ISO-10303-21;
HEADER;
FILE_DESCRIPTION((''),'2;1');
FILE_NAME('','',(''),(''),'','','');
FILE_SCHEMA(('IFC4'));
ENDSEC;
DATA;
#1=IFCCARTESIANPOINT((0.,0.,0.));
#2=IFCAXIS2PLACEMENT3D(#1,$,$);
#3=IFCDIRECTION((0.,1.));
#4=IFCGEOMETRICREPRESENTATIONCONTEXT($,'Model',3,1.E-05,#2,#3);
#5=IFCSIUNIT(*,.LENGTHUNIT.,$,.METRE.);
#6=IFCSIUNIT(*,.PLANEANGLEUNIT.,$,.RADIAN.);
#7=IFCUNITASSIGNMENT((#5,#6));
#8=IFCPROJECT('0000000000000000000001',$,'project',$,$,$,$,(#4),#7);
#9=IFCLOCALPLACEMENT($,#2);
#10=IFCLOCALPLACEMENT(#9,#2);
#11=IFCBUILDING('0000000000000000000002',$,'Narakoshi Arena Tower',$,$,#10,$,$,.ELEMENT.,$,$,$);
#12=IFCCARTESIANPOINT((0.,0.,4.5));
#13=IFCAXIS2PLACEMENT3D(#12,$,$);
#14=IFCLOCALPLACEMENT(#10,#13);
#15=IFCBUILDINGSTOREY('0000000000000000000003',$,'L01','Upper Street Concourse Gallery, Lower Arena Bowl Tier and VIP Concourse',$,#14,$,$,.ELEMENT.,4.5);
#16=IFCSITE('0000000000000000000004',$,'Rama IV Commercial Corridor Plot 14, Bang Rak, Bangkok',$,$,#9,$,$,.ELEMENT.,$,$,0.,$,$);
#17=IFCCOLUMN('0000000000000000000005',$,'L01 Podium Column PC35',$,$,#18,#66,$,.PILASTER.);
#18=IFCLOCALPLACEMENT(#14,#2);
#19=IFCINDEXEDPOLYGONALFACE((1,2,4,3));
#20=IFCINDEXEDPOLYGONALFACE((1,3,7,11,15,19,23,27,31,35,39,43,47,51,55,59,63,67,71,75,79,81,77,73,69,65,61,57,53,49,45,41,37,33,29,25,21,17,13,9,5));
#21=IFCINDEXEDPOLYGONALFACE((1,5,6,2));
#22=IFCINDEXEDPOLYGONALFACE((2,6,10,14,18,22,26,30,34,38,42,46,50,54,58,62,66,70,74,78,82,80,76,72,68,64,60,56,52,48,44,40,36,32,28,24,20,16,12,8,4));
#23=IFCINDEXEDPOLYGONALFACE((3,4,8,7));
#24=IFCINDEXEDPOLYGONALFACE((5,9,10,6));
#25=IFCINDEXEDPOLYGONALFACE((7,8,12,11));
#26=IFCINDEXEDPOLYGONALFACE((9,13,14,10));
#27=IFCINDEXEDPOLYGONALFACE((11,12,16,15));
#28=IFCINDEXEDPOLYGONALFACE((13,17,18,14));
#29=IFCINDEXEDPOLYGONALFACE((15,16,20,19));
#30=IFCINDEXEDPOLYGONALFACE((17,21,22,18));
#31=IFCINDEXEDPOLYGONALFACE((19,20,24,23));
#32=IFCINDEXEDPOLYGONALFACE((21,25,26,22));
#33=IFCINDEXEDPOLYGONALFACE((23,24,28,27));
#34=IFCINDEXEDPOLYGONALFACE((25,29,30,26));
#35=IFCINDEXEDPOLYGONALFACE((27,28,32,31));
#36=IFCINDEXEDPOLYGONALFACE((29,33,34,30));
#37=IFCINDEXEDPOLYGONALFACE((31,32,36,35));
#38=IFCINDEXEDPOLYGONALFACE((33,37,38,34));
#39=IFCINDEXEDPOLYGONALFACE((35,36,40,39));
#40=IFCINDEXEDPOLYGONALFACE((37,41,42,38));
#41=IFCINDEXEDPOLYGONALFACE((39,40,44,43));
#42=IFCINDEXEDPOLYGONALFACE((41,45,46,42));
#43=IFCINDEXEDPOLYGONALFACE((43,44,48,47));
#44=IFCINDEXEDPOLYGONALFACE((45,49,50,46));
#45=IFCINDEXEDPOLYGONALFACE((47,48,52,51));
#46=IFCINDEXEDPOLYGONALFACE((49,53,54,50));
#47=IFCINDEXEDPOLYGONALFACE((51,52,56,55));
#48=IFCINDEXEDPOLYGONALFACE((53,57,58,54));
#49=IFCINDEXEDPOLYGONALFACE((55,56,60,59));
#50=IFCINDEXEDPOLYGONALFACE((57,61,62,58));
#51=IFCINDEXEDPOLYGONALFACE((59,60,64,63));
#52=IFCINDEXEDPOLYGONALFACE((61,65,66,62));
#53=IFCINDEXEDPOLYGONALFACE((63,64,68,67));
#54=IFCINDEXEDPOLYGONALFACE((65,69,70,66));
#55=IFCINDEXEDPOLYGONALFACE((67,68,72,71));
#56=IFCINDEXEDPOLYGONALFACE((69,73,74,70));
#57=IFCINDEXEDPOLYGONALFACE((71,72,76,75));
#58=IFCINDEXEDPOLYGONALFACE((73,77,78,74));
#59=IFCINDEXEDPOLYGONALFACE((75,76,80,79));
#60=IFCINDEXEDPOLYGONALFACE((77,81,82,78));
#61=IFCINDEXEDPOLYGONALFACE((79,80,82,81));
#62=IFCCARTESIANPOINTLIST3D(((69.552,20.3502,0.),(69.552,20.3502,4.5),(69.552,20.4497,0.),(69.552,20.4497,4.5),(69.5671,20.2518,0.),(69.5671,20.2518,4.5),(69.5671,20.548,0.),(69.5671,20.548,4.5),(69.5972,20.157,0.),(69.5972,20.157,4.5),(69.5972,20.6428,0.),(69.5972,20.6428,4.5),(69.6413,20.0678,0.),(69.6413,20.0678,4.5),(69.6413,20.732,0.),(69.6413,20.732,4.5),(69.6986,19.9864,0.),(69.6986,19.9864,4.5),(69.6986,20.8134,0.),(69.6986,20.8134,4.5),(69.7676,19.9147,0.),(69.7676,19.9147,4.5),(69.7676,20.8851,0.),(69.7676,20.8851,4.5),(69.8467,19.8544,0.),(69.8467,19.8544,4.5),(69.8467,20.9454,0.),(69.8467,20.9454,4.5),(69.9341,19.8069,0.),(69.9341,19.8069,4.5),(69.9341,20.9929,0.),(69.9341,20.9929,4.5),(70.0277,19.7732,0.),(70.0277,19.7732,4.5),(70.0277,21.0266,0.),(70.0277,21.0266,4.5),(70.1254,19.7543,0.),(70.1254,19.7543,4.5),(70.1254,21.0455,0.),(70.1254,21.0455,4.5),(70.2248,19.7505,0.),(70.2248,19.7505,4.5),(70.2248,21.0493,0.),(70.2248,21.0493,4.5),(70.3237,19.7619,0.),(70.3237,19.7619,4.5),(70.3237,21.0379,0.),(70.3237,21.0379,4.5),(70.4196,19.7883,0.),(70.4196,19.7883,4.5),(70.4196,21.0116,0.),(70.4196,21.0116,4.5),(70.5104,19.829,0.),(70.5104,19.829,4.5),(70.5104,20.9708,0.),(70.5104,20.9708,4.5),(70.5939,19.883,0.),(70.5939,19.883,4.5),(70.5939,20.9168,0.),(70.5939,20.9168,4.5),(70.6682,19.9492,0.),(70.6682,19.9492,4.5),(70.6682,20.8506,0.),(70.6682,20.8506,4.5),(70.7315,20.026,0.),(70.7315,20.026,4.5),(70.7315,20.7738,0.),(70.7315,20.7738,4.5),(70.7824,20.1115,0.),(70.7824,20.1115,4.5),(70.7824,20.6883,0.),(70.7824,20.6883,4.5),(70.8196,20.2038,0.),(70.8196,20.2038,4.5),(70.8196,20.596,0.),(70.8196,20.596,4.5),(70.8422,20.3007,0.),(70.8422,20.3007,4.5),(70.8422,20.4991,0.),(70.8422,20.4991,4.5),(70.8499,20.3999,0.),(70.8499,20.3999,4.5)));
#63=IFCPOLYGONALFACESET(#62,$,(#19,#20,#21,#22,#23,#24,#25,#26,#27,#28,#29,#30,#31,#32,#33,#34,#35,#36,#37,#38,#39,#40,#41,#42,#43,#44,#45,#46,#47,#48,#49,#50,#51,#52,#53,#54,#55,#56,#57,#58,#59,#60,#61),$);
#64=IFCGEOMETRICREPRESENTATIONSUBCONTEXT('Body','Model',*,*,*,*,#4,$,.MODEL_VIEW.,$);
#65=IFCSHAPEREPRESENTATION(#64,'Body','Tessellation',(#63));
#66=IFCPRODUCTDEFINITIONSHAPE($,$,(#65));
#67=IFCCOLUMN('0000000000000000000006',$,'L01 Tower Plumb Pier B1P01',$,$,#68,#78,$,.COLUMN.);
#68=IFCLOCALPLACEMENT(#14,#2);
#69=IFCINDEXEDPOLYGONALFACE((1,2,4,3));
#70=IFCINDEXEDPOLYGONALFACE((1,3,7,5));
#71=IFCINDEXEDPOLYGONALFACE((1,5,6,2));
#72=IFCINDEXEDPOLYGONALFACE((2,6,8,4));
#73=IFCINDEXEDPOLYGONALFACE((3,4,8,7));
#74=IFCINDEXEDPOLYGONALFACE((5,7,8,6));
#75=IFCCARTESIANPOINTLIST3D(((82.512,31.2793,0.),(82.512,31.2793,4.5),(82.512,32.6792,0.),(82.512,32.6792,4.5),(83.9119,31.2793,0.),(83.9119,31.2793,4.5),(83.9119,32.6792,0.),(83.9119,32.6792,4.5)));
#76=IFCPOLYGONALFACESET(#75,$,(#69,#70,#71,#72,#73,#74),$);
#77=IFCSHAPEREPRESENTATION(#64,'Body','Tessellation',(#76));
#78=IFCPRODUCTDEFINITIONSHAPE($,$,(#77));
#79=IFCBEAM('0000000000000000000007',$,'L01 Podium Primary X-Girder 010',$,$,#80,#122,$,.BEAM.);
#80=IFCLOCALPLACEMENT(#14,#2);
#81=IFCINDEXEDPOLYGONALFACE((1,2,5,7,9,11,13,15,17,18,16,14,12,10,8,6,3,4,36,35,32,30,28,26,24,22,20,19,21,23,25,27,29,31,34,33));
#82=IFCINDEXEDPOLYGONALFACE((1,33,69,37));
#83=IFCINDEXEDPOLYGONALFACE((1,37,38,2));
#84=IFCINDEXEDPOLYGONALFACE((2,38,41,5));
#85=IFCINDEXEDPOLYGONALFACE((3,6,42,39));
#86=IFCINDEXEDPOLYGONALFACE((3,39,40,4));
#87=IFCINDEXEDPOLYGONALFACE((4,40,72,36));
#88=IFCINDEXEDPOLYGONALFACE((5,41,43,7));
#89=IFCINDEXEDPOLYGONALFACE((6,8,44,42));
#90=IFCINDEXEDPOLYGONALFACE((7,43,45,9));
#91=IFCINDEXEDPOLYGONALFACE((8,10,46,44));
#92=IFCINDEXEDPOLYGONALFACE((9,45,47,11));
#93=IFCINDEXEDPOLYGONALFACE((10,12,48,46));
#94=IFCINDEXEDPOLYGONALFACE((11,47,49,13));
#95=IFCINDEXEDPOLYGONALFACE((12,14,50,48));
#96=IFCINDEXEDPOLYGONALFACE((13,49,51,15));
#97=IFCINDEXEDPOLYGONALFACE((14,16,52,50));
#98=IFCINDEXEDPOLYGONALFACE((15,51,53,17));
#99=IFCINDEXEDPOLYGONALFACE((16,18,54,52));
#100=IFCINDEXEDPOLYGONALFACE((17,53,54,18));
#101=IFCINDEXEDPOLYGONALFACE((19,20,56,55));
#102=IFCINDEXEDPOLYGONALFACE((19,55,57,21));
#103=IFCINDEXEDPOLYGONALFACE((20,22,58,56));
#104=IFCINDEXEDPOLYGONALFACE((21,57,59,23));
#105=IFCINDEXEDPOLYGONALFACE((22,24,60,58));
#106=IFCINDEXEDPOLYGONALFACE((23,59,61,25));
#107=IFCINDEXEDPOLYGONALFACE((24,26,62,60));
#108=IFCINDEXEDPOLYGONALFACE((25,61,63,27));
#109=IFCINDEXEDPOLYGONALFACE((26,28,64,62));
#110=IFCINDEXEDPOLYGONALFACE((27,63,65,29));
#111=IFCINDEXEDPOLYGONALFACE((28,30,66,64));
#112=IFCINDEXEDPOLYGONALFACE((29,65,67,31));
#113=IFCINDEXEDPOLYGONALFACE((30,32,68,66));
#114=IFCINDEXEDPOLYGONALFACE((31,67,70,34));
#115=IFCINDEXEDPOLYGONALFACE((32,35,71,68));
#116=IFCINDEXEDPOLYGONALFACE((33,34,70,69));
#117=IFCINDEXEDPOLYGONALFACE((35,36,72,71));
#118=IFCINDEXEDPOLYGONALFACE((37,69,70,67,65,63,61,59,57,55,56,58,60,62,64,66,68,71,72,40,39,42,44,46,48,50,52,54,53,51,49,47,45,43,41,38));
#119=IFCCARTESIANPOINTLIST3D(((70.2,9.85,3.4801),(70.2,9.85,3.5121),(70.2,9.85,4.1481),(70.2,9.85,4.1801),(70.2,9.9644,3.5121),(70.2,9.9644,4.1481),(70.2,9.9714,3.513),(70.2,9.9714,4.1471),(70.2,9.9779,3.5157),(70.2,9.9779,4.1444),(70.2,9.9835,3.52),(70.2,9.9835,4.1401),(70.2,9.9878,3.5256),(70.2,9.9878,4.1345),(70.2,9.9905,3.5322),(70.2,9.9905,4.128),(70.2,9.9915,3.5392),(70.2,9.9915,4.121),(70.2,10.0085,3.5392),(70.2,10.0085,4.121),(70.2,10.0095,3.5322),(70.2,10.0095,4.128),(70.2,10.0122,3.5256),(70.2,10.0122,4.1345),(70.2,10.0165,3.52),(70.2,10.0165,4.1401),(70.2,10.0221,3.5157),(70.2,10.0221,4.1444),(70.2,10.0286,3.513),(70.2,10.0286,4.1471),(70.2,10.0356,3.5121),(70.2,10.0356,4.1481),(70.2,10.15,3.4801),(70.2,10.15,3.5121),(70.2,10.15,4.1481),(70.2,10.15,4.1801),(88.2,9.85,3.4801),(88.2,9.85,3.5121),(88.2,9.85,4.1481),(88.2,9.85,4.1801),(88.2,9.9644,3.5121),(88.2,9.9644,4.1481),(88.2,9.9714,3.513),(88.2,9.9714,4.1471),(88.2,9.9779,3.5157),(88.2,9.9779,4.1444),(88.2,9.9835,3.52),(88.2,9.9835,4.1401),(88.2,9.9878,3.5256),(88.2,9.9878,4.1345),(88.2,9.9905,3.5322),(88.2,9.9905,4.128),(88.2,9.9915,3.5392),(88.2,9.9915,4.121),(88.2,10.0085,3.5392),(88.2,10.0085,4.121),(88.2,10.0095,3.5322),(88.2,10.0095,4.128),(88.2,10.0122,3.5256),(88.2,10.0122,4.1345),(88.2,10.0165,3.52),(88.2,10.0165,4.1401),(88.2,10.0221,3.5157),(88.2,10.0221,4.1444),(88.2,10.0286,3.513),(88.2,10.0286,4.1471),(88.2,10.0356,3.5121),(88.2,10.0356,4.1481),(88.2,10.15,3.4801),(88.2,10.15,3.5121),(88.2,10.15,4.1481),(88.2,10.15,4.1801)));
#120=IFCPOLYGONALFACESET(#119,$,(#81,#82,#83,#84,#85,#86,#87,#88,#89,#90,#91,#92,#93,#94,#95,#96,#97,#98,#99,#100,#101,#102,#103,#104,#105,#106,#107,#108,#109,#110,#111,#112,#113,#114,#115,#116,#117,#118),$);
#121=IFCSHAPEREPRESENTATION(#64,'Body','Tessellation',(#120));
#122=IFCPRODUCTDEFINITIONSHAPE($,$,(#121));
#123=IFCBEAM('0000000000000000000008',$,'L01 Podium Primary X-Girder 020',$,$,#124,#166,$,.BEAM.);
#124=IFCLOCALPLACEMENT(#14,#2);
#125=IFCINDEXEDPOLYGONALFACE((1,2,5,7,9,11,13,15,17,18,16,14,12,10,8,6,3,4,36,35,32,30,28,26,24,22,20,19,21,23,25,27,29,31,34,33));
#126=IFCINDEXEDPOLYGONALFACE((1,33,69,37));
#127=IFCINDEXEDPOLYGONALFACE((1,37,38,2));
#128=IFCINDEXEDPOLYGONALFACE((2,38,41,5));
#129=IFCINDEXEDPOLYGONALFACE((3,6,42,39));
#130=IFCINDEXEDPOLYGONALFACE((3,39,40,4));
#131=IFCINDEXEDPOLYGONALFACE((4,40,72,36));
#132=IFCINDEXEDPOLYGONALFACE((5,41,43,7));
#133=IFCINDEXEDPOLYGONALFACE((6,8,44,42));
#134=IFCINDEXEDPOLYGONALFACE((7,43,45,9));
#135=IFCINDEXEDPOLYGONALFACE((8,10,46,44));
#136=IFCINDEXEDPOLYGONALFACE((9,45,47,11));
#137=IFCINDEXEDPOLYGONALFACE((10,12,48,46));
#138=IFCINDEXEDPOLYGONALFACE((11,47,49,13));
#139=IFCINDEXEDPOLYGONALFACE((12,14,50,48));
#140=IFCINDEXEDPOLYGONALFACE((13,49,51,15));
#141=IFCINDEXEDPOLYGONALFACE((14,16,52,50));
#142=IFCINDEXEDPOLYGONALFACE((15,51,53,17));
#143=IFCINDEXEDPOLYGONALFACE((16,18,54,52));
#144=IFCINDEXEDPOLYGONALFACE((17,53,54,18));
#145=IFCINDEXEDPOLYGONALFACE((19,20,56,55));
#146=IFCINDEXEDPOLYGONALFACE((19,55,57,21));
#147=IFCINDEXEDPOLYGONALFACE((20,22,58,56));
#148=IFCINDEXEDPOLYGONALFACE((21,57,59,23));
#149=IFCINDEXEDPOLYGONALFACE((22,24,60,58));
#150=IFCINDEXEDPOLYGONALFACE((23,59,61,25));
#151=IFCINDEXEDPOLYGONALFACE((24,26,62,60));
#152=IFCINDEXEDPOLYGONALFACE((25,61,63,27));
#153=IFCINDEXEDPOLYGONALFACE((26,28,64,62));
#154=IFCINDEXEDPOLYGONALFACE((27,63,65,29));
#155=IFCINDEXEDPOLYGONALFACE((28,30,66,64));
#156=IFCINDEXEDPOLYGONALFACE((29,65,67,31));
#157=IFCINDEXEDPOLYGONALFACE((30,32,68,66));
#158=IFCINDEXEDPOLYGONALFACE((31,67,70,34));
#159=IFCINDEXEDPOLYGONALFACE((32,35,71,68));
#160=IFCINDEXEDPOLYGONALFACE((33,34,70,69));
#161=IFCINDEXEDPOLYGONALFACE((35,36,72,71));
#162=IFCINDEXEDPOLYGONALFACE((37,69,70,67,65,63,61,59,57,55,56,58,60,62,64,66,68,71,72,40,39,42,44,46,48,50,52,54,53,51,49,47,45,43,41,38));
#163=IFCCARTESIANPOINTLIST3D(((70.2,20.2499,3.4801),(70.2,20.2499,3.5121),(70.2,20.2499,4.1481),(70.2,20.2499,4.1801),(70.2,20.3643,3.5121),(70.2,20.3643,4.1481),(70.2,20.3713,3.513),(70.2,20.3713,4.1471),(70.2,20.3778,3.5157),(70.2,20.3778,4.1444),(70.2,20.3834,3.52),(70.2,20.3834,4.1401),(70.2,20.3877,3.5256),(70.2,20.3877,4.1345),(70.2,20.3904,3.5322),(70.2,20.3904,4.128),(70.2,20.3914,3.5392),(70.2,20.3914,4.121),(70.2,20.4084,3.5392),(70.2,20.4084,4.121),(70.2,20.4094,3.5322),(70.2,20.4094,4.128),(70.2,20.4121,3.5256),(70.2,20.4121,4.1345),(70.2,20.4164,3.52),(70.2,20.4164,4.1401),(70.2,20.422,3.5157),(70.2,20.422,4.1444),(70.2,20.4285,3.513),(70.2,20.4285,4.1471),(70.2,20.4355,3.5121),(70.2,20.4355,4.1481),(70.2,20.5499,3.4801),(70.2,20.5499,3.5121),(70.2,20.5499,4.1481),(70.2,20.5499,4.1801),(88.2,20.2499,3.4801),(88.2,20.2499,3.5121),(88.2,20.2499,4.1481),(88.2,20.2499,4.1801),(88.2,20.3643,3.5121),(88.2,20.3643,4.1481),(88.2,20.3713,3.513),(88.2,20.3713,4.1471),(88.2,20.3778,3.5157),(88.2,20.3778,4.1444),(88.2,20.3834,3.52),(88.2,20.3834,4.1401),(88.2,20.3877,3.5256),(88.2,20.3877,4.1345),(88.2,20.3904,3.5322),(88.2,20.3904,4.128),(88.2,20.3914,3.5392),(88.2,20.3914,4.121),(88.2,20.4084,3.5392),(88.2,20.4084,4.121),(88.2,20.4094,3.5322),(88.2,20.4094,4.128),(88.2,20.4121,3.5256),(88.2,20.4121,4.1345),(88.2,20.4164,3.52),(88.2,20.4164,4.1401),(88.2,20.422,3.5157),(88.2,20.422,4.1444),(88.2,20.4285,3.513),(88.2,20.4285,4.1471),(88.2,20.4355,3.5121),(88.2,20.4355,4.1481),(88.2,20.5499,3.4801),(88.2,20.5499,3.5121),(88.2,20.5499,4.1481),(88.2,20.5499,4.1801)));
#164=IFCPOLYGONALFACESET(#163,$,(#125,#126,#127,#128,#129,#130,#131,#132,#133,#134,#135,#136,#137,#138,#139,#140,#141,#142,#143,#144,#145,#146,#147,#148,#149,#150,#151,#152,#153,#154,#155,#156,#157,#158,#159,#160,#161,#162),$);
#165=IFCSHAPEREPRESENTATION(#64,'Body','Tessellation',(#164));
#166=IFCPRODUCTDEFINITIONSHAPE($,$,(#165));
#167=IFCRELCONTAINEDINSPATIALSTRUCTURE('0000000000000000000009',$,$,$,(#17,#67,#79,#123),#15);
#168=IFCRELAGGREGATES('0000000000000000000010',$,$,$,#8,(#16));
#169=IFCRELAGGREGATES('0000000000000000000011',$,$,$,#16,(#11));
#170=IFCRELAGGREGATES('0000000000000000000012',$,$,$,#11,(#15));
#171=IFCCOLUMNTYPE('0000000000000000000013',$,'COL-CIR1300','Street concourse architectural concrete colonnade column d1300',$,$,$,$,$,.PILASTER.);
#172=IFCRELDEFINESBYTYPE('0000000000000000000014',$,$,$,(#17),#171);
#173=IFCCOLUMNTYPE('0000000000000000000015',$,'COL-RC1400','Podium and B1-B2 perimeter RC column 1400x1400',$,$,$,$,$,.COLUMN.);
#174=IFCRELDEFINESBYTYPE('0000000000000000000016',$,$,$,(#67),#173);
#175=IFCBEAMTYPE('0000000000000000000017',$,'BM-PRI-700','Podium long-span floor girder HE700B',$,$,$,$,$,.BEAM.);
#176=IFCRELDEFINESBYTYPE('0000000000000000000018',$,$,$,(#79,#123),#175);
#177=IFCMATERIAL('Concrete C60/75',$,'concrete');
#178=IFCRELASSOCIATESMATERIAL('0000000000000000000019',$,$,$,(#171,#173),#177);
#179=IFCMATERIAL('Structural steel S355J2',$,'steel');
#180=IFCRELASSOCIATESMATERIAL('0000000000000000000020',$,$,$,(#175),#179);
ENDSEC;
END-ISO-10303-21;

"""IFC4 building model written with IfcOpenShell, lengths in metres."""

from ifc_helpers import new_model, si_unit, direction, frame, origin, origin_2d, place, context, subcontext, project, spatial, rectangle, circle, i_section, extrude, material, material_profile, profile_set, type_object, element, save


model = new_model("IFC4")

# Units and contexts
model_context = context("Model", 3, precision=1e-05, world=origin(), true_north=direction((0.0, 1.0)))
body_context = subcontext(model_context, "Body", "Model", "MODEL_VIEW")
ifc_project = project(units=[si_unit("LENGTHUNIT", "METRE"), si_unit("PLANEANGLEUNIT", "RADIAN")], contexts=[model_context])

# Site, building, storey
site_placement = place(None, origin())
site = spatial("IfcSite", under=ifc_project, at=site_placement, Name="Rama IV Commercial Corridor Plot 14, Bang Rak, Bangkok", CompositionType="ELEMENT", RefElevation=0.0)
building_placement = place(site_placement, origin())
building = spatial("IfcBuilding", under=site, at=building_placement, Name="Narakoshi Arena Tower", CompositionType="ELEMENT")
storey_placement = place(building_placement, frame((0.0, 0.0, 4.5)))
storey = spatial("IfcBuildingStorey", under=building, at=storey_placement, Name="L01", Description="Upper Street Concourse Gallery, Lower Arena Bowl Tier and VIP Concourse", CompositionType="ELEMENT", Elevation=4.5)

# Columns
ifc_material_1 = material(Name="Concrete C60/75", Category="concrete")
ifc_material_profile_1 = material_profile(ifc_material_1, circle(Radius=0.6499, at=origin_2d()), Name="RCC1300")
ifc_profile_set_1 = profile_set([ifc_material_profile_1], Name="Concrete C60/75")
column_type_1 = type_object("IfcColumnType", Name="COL-CIR1300", Description="Street concourse architectural concrete colonnade column d1300", PredefinedType="PILASTER", material=ifc_profile_set_1)
column_1_placement = place(storey_placement, frame((70.2, 20.3999, 0.0), z_axis=(0.0, 0.0, 1.0), x_axis=(1.0, 0.0, 0.0)))
element("IfcColumn", 1, at=column_1_placement, inside=storey, type_object=column_type_1, Name="L01 Podium Column PC35", PredefinedType="PILASTER", context=body_context, shape_type="SweptSolid", body=[
    extrude(circle(Radius=0.6499, at=origin_2d()), origin(), (0.0, 0.0, 1.0), 4.5),
])
ifc_material_profile_2 = material_profile(ifc_material_1, rectangle(XDim=1.3999, YDim=1.3999, at=origin_2d()), Name="RC1400x1400")
ifc_profile_set_2 = profile_set([ifc_material_profile_2], Name="Concrete C60/75")
column_type_2 = type_object("IfcColumnType", Name="COL-RC1400", Description="Podium and B1-B2 perimeter RC column 1400x1400", PredefinedType="COLUMN", material=ifc_profile_set_2)
column_2_placement = place(storey_placement, frame((83.2119, 31.9792, 0.0), z_axis=(0.0, 0.0, 1.0), x_axis=(1.0, 0.0, 0.0)))
element("IfcColumn", 2, at=column_2_placement, inside=storey, type_object=column_type_2, Name="L01 Tower Plumb Pier B1P01", PredefinedType="COLUMN", context=body_context, shape_type="SweptSolid", body=[
    extrude(rectangle(XDim=1.3999, YDim=1.3999, at=origin_2d()), origin(), (0.0, 0.0, 1.0), 4.5),
])

# Beams
ifc_material_2 = material(Name="Structural steel S355J2", Category="steel")
ifc_material_profile_3 = material_profile(ifc_material_2, i_section(OverallWidth=0.3, OverallDepth=0.7, WebThickness=0.0171, FlangeThickness=0.032, FilletRadius=0.0271, at=origin_2d()), Name="HE700B")
ifc_profile_set_3 = profile_set([ifc_material_profile_3], Name="Structural steel S355J2")
beam_type_1 = type_object("IfcBeamType", Name="BM-PRI-700", Description="Podium long-span floor girder HE700B", PredefinedType="BEAM", material=ifc_profile_set_3)
for number, where, z_axis, x_axis, name in (
    (3, (70.2, 10.0, 3.8301), (1.0, 0.0, 0.0), (0.0, 1.0, 0.0), "L01 Podium Primary X-Girder 010"),
    (4, (70.2, 20.3999, 3.8301), (1.0, 0.0, 0.0), (0.0, 1.0, 0.0), "L01 Podium Primary X-Girder 020"),
):
    element("IfcBeam", number, at=place(storey_placement, frame(where, z_axis=z_axis, x_axis=x_axis)), inside=storey, type_object=beam_type_1, Name=name, PredefinedType="BEAM", context=body_context, shape_type="SweptSolid", body=[
        extrude(i_section(OverallWidth=0.3, OverallDepth=0.7, WebThickness=0.0171, FlangeThickness=0.032, FilletRadius=0.0271, at=origin_2d()), origin(), (0.0, 0.0, 1.0), 18.0),
    ])

save(model, "model.ifc")
